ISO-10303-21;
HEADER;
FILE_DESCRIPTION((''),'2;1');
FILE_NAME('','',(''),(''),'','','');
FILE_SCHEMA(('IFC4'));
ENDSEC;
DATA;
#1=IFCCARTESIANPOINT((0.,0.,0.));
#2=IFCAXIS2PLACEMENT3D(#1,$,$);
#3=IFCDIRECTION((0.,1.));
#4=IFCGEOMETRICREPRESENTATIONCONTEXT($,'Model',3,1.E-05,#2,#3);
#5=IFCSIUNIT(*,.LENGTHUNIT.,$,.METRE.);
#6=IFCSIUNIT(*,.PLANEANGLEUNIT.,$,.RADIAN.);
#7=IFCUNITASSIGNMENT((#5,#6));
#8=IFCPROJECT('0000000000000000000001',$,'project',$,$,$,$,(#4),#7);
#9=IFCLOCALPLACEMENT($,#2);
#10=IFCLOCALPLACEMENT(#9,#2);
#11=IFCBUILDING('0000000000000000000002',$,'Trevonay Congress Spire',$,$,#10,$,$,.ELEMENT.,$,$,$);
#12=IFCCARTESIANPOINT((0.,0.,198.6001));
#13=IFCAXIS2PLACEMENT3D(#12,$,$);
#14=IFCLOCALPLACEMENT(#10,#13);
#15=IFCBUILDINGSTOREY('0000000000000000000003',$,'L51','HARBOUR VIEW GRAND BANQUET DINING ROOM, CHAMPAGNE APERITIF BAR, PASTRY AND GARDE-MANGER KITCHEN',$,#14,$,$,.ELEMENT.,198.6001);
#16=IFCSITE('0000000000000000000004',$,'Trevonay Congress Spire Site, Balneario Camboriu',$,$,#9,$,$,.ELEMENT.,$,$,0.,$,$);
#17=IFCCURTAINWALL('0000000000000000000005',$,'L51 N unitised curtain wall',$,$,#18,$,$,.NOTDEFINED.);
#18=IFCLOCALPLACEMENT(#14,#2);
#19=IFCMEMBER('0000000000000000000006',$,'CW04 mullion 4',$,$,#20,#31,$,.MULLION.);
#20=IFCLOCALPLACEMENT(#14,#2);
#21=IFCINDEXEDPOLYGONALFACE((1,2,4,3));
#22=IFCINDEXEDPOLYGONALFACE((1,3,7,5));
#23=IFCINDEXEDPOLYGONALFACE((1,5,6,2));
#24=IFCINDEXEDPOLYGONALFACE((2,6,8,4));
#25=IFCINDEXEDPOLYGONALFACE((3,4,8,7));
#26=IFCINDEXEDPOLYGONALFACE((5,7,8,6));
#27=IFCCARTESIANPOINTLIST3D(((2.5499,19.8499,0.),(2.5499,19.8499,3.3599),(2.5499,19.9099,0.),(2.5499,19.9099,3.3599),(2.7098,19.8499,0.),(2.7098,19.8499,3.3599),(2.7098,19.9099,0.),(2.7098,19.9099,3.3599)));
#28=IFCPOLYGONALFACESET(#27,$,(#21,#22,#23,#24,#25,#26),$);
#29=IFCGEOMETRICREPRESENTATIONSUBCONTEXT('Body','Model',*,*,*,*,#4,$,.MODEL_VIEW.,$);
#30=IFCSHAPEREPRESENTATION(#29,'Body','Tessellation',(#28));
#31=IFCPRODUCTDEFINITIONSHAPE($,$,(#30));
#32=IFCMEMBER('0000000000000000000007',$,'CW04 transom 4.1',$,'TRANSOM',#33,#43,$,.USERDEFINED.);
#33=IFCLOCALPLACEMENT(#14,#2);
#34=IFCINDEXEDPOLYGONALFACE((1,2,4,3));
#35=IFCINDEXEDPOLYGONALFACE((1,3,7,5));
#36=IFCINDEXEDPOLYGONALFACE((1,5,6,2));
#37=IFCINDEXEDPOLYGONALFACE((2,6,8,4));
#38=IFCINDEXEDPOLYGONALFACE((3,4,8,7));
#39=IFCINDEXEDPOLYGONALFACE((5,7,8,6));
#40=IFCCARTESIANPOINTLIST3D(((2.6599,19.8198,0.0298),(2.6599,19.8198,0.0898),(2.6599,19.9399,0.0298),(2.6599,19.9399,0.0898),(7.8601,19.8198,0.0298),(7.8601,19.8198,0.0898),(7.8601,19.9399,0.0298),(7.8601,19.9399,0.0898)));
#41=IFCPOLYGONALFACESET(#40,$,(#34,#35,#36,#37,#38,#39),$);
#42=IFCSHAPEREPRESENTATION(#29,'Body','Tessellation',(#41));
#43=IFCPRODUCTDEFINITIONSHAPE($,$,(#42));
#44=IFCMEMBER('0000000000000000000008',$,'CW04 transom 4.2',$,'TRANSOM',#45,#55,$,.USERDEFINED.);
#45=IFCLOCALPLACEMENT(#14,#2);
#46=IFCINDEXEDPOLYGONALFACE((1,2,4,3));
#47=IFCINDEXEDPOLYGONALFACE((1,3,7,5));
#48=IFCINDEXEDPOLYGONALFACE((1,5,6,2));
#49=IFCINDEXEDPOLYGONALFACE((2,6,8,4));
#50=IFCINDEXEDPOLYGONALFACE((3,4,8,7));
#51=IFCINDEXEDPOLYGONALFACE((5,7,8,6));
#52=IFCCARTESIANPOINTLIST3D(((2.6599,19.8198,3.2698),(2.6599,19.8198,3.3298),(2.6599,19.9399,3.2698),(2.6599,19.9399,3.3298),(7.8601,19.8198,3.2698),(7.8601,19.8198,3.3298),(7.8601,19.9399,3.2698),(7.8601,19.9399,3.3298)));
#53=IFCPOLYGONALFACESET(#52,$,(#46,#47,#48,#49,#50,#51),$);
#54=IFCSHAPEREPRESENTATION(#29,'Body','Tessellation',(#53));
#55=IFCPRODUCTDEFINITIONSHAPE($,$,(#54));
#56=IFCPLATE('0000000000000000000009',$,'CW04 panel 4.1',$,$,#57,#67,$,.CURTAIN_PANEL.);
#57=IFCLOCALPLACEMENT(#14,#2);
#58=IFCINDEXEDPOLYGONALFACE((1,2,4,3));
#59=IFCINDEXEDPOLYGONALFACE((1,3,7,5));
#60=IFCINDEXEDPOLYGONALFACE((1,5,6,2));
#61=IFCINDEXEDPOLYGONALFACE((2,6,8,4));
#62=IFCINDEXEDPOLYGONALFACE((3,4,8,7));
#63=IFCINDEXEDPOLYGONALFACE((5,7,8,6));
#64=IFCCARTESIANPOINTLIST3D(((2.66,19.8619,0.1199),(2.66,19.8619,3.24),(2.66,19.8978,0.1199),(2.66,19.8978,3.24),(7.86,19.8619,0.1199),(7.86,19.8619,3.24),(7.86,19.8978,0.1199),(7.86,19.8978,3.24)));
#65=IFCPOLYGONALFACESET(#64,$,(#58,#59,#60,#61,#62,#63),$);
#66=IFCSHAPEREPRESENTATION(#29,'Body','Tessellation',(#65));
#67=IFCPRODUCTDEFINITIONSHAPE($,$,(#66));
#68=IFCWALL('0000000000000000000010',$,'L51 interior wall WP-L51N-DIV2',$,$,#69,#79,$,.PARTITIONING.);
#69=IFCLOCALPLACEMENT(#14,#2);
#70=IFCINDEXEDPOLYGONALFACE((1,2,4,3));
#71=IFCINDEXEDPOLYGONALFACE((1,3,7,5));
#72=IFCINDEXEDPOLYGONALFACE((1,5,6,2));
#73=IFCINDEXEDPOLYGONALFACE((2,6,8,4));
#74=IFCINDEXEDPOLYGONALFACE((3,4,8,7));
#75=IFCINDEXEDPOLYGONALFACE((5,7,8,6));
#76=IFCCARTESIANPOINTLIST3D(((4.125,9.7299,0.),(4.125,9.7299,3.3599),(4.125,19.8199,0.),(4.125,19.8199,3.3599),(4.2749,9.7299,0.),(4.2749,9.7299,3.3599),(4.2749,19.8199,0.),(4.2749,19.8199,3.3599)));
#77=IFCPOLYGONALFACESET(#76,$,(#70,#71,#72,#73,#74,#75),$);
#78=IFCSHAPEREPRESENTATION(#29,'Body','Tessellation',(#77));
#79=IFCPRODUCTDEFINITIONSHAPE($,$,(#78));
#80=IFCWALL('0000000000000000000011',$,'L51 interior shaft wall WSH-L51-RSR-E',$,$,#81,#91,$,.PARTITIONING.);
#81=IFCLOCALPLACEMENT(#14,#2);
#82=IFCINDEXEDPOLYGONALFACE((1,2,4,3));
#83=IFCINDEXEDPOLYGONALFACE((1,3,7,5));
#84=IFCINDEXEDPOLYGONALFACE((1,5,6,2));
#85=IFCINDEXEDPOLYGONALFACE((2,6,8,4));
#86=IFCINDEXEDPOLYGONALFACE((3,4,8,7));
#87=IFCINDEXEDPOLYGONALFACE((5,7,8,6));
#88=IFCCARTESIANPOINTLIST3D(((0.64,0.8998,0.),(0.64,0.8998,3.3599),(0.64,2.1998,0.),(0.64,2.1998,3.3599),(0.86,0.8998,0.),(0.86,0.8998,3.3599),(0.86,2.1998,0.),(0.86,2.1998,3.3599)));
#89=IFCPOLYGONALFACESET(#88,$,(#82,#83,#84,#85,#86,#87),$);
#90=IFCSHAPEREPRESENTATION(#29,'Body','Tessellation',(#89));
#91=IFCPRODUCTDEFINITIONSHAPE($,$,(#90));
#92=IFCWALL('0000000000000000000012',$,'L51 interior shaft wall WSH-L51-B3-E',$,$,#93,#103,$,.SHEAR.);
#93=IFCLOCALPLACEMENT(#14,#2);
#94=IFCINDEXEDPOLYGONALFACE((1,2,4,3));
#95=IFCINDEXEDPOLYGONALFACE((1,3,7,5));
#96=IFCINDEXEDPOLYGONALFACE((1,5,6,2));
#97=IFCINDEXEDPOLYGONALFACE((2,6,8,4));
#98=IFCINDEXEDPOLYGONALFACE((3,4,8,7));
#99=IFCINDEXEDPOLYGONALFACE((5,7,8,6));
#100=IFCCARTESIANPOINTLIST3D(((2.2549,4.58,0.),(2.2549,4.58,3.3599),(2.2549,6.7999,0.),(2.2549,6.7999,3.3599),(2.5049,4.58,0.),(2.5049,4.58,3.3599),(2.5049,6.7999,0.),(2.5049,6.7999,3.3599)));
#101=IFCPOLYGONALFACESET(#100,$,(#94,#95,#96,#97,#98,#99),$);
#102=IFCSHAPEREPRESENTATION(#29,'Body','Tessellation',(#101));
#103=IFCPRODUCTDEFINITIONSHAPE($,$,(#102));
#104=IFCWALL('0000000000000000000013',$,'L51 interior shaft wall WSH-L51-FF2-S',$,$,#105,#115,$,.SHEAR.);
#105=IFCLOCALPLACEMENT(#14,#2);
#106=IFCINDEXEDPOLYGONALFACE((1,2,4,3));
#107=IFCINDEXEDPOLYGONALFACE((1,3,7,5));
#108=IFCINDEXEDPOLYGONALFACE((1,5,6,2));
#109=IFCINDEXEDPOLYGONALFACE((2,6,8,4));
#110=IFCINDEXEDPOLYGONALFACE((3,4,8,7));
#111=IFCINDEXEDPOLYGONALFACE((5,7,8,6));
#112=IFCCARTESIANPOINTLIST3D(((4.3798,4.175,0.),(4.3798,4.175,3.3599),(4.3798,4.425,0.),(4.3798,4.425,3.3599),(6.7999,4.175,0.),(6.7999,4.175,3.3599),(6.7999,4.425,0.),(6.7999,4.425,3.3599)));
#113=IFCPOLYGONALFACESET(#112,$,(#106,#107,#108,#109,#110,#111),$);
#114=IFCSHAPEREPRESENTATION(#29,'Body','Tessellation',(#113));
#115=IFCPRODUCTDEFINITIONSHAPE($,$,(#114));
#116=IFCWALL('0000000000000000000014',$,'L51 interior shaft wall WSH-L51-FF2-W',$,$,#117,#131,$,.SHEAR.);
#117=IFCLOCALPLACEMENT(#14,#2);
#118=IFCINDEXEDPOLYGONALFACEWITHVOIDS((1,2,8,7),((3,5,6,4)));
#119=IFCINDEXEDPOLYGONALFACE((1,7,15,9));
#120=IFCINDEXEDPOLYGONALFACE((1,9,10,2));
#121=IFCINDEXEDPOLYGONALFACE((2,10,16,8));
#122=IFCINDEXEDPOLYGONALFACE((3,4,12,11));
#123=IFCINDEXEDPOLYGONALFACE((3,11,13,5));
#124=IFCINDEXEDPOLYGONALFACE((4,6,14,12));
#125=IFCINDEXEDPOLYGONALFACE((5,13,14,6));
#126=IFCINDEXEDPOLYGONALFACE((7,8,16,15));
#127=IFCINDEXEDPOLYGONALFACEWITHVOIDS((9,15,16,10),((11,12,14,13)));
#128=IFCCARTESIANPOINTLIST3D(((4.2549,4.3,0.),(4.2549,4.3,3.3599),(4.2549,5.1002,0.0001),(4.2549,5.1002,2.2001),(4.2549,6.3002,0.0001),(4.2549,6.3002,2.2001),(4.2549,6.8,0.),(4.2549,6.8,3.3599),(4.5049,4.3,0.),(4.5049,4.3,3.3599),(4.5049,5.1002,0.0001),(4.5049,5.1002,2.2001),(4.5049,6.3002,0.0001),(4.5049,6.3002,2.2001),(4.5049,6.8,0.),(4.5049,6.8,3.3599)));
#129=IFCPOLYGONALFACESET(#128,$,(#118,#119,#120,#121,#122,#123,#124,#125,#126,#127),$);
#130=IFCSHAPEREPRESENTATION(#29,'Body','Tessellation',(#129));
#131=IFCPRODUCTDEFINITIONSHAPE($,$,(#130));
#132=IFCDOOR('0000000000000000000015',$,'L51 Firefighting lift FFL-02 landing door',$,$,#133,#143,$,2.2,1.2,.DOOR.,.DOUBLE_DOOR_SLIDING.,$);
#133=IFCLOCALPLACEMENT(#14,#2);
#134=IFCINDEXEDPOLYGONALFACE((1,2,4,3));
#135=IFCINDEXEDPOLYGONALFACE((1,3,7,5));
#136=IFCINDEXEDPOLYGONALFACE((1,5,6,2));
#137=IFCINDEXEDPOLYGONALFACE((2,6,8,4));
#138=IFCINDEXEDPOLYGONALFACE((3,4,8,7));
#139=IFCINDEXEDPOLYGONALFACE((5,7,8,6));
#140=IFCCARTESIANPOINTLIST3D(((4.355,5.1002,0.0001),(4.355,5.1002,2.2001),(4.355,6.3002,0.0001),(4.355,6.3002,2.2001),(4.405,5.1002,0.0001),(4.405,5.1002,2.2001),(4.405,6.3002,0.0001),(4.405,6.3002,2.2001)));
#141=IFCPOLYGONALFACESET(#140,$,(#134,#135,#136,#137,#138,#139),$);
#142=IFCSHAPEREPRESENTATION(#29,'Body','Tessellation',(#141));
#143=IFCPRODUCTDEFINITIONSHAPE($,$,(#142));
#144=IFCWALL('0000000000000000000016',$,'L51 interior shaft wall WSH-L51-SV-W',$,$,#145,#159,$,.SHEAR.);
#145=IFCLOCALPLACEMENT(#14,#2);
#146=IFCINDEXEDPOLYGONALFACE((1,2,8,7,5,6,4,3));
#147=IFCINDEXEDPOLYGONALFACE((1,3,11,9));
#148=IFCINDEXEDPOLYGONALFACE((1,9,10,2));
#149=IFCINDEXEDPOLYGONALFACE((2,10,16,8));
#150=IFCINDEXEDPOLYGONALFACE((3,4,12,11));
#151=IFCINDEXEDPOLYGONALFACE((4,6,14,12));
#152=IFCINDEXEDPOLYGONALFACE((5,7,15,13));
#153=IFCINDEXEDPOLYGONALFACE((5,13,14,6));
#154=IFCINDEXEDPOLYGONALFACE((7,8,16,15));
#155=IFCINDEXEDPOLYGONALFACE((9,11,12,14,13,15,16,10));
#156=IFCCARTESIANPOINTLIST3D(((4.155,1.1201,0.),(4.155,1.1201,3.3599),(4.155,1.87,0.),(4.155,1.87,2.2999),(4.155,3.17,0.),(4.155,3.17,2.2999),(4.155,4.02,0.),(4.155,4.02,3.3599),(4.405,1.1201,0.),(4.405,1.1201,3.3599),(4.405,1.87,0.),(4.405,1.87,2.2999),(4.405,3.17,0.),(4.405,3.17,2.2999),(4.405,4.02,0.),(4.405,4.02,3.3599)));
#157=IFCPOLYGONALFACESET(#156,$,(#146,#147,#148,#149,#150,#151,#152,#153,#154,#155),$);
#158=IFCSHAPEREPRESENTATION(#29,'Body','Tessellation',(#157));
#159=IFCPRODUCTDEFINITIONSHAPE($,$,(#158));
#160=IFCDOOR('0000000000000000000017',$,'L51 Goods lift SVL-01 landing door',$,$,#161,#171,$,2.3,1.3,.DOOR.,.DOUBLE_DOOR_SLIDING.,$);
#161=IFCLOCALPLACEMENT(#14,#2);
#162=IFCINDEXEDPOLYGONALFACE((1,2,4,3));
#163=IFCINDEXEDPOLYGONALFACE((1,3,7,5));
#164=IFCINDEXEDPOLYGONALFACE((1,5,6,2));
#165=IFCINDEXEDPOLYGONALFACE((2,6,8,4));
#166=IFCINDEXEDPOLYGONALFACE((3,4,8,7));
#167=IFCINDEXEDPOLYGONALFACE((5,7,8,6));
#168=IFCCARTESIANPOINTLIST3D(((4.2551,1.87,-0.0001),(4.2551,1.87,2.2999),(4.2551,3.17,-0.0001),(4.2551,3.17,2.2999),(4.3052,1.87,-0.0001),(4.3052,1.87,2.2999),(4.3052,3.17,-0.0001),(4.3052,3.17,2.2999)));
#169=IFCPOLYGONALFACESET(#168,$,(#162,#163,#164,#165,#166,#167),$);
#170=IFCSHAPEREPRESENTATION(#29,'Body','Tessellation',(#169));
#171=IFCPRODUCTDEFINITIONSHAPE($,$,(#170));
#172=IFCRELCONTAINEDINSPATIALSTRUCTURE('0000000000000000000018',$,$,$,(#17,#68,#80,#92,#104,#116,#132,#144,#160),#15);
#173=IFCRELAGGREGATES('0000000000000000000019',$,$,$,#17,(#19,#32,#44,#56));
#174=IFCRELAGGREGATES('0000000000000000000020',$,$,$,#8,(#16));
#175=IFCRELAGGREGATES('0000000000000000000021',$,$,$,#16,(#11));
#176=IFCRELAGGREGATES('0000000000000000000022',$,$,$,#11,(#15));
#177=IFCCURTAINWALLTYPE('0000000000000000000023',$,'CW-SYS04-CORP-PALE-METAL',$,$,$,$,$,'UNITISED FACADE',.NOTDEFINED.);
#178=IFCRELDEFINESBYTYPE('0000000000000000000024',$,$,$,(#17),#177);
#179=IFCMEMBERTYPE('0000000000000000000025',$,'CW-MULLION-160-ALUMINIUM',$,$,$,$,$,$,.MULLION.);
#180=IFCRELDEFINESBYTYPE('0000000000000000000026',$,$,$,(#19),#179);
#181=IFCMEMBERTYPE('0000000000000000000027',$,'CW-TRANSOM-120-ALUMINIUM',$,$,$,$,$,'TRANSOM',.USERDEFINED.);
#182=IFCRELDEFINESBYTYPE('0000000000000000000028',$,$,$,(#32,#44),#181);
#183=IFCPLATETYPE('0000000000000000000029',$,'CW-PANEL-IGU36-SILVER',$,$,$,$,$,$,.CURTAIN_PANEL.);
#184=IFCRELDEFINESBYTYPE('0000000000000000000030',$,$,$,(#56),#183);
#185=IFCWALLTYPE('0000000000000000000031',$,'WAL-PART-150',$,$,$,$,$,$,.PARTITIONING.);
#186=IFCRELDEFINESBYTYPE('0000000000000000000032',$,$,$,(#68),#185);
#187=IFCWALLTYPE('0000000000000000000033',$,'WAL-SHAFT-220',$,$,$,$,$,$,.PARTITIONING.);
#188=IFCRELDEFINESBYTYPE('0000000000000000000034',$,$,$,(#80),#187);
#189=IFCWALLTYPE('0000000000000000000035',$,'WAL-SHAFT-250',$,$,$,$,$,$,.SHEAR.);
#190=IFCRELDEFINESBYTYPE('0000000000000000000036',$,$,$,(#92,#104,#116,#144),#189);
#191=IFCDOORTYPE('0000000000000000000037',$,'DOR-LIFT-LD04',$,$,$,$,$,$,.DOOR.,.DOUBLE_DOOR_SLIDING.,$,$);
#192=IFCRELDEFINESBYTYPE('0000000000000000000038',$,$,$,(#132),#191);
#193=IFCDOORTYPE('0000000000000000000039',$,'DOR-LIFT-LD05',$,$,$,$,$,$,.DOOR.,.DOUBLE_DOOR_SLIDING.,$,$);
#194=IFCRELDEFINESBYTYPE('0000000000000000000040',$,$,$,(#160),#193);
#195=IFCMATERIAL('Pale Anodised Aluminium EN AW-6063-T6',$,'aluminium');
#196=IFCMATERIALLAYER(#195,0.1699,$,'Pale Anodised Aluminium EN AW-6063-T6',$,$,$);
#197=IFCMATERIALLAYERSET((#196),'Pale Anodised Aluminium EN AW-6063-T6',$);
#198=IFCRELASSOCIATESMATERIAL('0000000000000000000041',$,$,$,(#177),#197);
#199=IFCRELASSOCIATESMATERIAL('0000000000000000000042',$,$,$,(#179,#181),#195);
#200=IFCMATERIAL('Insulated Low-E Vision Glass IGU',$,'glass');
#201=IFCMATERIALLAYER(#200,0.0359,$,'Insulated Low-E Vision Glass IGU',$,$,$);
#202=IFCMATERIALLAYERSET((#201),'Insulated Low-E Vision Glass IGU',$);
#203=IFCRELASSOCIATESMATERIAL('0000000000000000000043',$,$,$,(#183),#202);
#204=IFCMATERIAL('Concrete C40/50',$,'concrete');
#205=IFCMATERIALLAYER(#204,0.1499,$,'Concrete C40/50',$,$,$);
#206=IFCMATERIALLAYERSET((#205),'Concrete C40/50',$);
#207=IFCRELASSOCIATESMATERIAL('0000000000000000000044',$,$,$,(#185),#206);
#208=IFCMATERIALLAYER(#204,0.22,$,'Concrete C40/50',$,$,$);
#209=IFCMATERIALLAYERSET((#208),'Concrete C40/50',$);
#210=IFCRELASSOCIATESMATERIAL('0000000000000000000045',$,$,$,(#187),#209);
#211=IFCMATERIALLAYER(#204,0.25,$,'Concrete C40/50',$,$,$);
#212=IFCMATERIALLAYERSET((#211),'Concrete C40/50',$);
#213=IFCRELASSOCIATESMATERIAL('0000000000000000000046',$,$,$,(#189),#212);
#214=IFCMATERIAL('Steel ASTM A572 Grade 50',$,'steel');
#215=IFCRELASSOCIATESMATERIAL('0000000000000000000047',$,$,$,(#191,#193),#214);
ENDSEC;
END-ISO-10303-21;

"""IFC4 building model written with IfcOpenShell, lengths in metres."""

from ifc_helpers import new_model, si_unit, direction, frame, frame_2d, origin, origin_2d, place, context, subcontext, project, spatial, rectangle, extrude, material, layer, layer_set, material_profile, profile_set, type_object, element, fill, aggregate, save


model = new_model("IFC4")

# Units and contexts
model_context = context("Model", 3, precision=1e-05, world=origin(), true_north=direction((0.0, 1.0)))
body_context = subcontext(model_context, "Body", "Model", "MODEL_VIEW")
ifc_project = project(units=[si_unit("LENGTHUNIT", "METRE"), si_unit("PLANEANGLEUNIT", "RADIAN")], contexts=[model_context])

# Site, building, storey
site_placement = place(None, origin())
site = spatial("IfcSite", under=ifc_project, at=site_placement, Name="Trevonay Congress Spire Site, Balneario Camboriu", CompositionType="ELEMENT", RefElevation=0.0)
building_placement = place(site_placement, origin())
building = spatial("IfcBuilding", under=site, at=building_placement, Name="Trevonay Congress Spire", CompositionType="ELEMENT")
storey_placement = place(building_placement, frame((0.0, 0.0, 198.6001)))
storey = spatial("IfcBuildingStorey", under=building, at=storey_placement, Name="L51", Description="HARBOUR VIEW GRAND BANQUET DINING ROOM, CHAMPAGNE APERITIF BAR, PASTRY AND GARDE-MANGER KITCHEN", CompositionType="ELEMENT", Elevation=198.6001)

# Shared definitions
ifc_material_1 = material(Name="Steel ASTM A572 Grade 50", Category="steel")

# Curtain wall, members, plate
ifc_material_2 = material(Name="Pale Anodised Aluminium EN AW-6063-T6", Category="aluminium")
ifc_layer_1 = layer(ifc_material_2, 0.1699, Name="Pale Anodised Aluminium EN AW-6063-T6")
ifc_layer_set_1 = layer_set([ifc_layer_1], Name="Pale Anodised Aluminium EN AW-6063-T6")
curtain_wall_type = type_object("IfcCurtainWallType", Name="CW-SYS04-CORP-PALE-METAL", ElementType="UNITISED FACADE", PredefinedType="NOTDEFINED", material=ifc_layer_set_1)
curtain_wall_placement = place(storey_placement, origin())
curtain_wall = element("IfcCurtainWall", 1, at=curtain_wall_placement, inside=storey, type_object=curtain_wall_type, Name="L51 N unitised curtain wall", PredefinedType="NOTDEFINED")
ifc_material_profile_1 = material_profile(ifc_material_2, rectangle(XDim=0.0601, YDim=0.1599, at=origin_2d()), Name="CW-MULLION-160-ALUMINIUM")
ifc_profile_set_1 = profile_set([ifc_material_profile_1], Name="Pale Anodised Aluminium EN AW-6063-T6")
member_type_1 = type_object("IfcMemberType", Name="CW-MULLION-160-ALUMINIUM", PredefinedType="MULLION", material=ifc_profile_set_1)
member_1_placement = place(storey_placement, frame((2.6299, 19.8799, 0.0), z_axis=(0.0, 0.0, 1.0), x_axis=(0.0, 1.0, 0.0)))
member_1 = element("IfcMember", 2, at=member_1_placement, type_object=member_type_1, Name="CW04 mullion 4", PredefinedType="MULLION", context=body_context, shape_type="SweptSolid", body=[
    extrude(rectangle(XDim=0.0601, YDim=0.1599, at=origin_2d()), origin(), (0.0, 0.0, 1.0), 3.3599),
])
ifc_material_profile_2 = material_profile(ifc_material_2, rectangle(XDim=0.1201, YDim=0.0601, at=origin_2d()), Name="CW-TRANSOM-120-ALUMINIUM")
ifc_profile_set_2 = profile_set([ifc_material_profile_2], Name="Pale Anodised Aluminium EN AW-6063-T6")
member_type_2 = type_object("IfcMemberType", Name="CW-TRANSOM-120-ALUMINIUM", ElementType="TRANSOM", PredefinedType="USERDEFINED", material=ifc_profile_set_2)
member_2_placement = place(storey_placement, frame((2.6599, 19.8799, 0.0598), z_axis=(1.0, 0.0, 0.0), x_axis=(0.0, 1.0, 0.0)))
member_2 = element("IfcMember", 3, at=member_2_placement, type_object=member_type_2, Name="CW04 transom 4.1", ObjectType="TRANSOM", PredefinedType="USERDEFINED", context=body_context, shape_type="SweptSolid", body=[
    extrude(rectangle(XDim=0.1201, YDim=0.0601, at=origin_2d()), origin(), (0.0, 0.0, 1.0), 5.2002),
])
member_3_placement = place(storey_placement, frame((2.6599, 19.8799, 3.2998), z_axis=(1.0, 0.0, 0.0), x_axis=(0.0, 1.0, 0.0)))
member_3 = element("IfcMember", 4, at=member_3_placement, type_object=member_type_2, Name="CW04 transom 4.2", ObjectType="TRANSOM", PredefinedType="USERDEFINED", context=body_context, shape_type="SweptSolid", body=[
    extrude(rectangle(XDim=0.1201, YDim=0.0601, at=origin_2d()), origin(), (0.0, 0.0, 1.0), 5.2002),
])
ifc_material_3 = material(Name="Insulated Low-E Vision Glass IGU", Category="glass")
ifc_layer_2 = layer(ifc_material_3, 0.0359, Name="Insulated Low-E Vision Glass IGU")
ifc_layer_set_2 = layer_set([ifc_layer_2], Name="Insulated Low-E Vision Glass IGU")
plate_type = type_object("IfcPlateType", Name="CW-PANEL-IGU36-SILVER", PredefinedType="CURTAIN_PANEL", material=ifc_layer_set_2)
plate_placement = place(storey_placement, frame((5.26, 19.8799, 0.1199), z_axis=(0.0, 0.0, 1.0), x_axis=(1.0, 0.0, 0.0)))
plate = element("IfcPlate", 5, at=plate_placement, type_object=plate_type, Name="CW04 panel 4.1", PredefinedType="CURTAIN_PANEL", context=body_context, shape_type="SweptSolid", body=[
    extrude(rectangle(XDim=5.2, YDim=0.0359, at=origin_2d()), origin(), (0.0, 0.0, 1.0), 3.1201),
])
aggregate(curtain_wall, [member_1, member_2, member_3, plate])

# Walls
ifc_material_4 = material(Name="Concrete C40/50", Category="concrete")
ifc_layer_3 = layer(ifc_material_4, 0.1499, Name="Concrete C40/50")
ifc_layer_set_3 = layer_set([ifc_layer_3], Name="Concrete C40/50")
wall_type_1 = type_object("IfcWallType", Name="WAL-PART-150", PredefinedType="PARTITIONING", material=ifc_layer_set_3)
wall_1_placement = place(storey_placement, frame((4.2, 9.73, 0.0), z_axis=(0.0, 0.0, 1.0), x_axis=(0.0, 1.0, 0.0)))
element("IfcWall", 6, at=wall_1_placement, inside=storey, type_object=wall_type_1, Name="L51 interior wall WP-L51N-DIV2", PredefinedType="PARTITIONING", context=body_context, shape_type="SweptSolid", body=[
    extrude(rectangle(XDim=10.0901, YDim=0.1499, at=frame_2d((5.0449, 0.0))), origin(), (0.0, 0.0, 1.0), 3.3599),
])
ifc_layer_4 = layer(ifc_material_4, 0.22, Name="Concrete C40/50")
ifc_layer_set_4 = layer_set([ifc_layer_4], Name="Concrete C40/50")
wall_type_2 = type_object("IfcWallType", Name="WAL-SHAFT-220", PredefinedType="PARTITIONING", material=ifc_layer_set_4)
wall_2_placement = place(storey_placement, frame((0.75, 0.8999, 0.0), z_axis=(0.0, 0.0, 1.0), x_axis=(0.0, 1.0, 0.0)))
element("IfcWall", 7, at=wall_2_placement, inside=storey, type_object=wall_type_2, Name="L51 interior shaft wall WSH-L51-RSR-E", PredefinedType="PARTITIONING", context=body_context, shape_type="SweptSolid", body=[
    extrude(rectangle(XDim=1.3, YDim=0.22, at=frame_2d((0.6499, 0.0))), origin(), (0.0, 0.0, 1.0), 3.3599),
])
ifc_layer_5 = layer(ifc_material_4, 0.25, Name="Concrete C40/50")
ifc_layer_set_5 = layer_set([ifc_layer_5], Name="Concrete C40/50")
wall_type_3 = type_object("IfcWallType", Name="WAL-SHAFT-250", PredefinedType="SHEAR", material=ifc_layer_set_5)
wall_3_placement = place(storey_placement, frame((2.3799, 4.5801, 0.0), z_axis=(0.0, 0.0, 1.0), x_axis=(0.0, 1.0, 0.0)))
element("IfcWall", 8, at=wall_3_placement, inside=storey, type_object=wall_type_3, Name="L51 interior shaft wall WSH-L51-B3-E", PredefinedType="SHEAR", context=body_context, shape_type="SweptSolid", body=[
    extrude(rectangle(XDim=2.22, YDim=0.25, at=frame_2d((1.1099, 0.0))), origin(), (0.0, 0.0, 1.0), 3.3599),
])
wall_4_placement = place(storey_placement, frame((4.3799, 4.3, 0.0), z_axis=(0.0, 0.0, 1.0), x_axis=(1.0, 0.0, 0.0)))
element("IfcWall", 9, at=wall_4_placement, inside=storey, type_object=wall_type_3, Name="L51 interior shaft wall WSH-L51-FF2-S", PredefinedType="SHEAR", context=body_context, shape_type="SweptSolid", body=[
    extrude(rectangle(XDim=2.4202, YDim=0.25, at=frame_2d((1.21, 0.0))), origin(), (0.0, 0.0, 1.0), 3.3599),
])

# Walls, openings, doors
wall_5_placement = place(storey_placement, frame((4.3799, 4.3, 0.0), z_axis=(0.0, 0.0, 1.0), x_axis=(0.0, 1.0, 0.0)))
wall_5 = element("IfcWall", 10, at=wall_5_placement, inside=storey, type_object=wall_type_3, Name="L51 interior shaft wall WSH-L51-FF2-W", PredefinedType="SHEAR", context=body_context, shape_type="SweptSolid", body=[
    extrude(rectangle(XDim=2.5, YDim=0.25, at=frame_2d((1.25, 0.0))), origin(), (0.0, 0.0, 1.0), 3.3599),
])
opening_1_placement = place(wall_5_placement, frame((0.8, 0.0, 0.0)))
opening_1 = element("IfcOpeningElement", 11, at=opening_1_placement, cuts=wall_5, PredefinedType="OPENING", context=body_context, shape_type="SweptSolid", body=[
    extrude(rectangle(XDim=1.2, YDim=2.2, at=frame_2d((0.6001, 1.1001))), frame((0.0, 0.135, 0.0), z_axis=(0.0, -1.0, 0.0), x_axis=(1.0, 0.0, 0.0)), (0.0, 0.0, 1.0), 0.27),
])
door_type_1 = type_object("IfcDoorType", Name="DOR-LIFT-LD04", OperationType="DOUBLE_DOOR_SLIDING", PredefinedType="DOOR", material=ifc_material_1)
door_1_placement = place(opening_1_placement, origin())
door_1 = element("IfcDoor", 12, at=door_1_placement, inside=storey, type_object=door_type_1, Name="L51 Firefighting lift FFL-02 landing door", OperationType="DOUBLE_DOOR_SLIDING", OverallHeight=2.2, OverallWidth=1.2, PredefinedType="DOOR", context=body_context, shape_type="SweptSolid", body=[
    extrude(rectangle(XDim=1.2, YDim=2.2, at=frame_2d((0.6001, 1.1001))), frame((0.0, 0.0249, 0.0), z_axis=(0.0, -1.0, 0.0), x_axis=(1.0, 0.0, 0.0)), (0.0, 0.0, 1.0), 0.05),
])
fill(opening_1, door_1)
wall_6_placement = place(storey_placement, frame((4.28, 1.1201, 0.0), z_axis=(0.0, 0.0, 1.0), x_axis=(0.0, 1.0, 0.0)))
wall_6 = element("IfcWall", 13, at=wall_6_placement, inside=storey, type_object=wall_type_3, Name="L51 interior shaft wall WSH-L51-SV-W", PredefinedType="SHEAR", context=body_context, shape_type="SweptSolid", body=[
    extrude(rectangle(XDim=2.8999, YDim=0.25, at=frame_2d((1.45, 0.0))), origin(), (0.0, 0.0, 1.0), 3.3599),
])
opening_2_placement = place(wall_6_placement, frame((0.75, 0.0, 0.0)))
opening_2 = element("IfcOpeningElement", 14, at=opening_2_placement, cuts=wall_6, PredefinedType="OPENING", context=body_context, shape_type="SweptSolid", body=[
    extrude(rectangle(XDim=1.3, YDim=2.3, at=frame_2d((0.6499, 1.1499))), frame((0.0, 0.135, 0.0), z_axis=(0.0, -1.0, 0.0), x_axis=(1.0, 0.0, 0.0)), (0.0, 0.0, 1.0), 0.27),
])
door_type_2 = type_object("IfcDoorType", Name="DOR-LIFT-LD05", OperationType="DOUBLE_DOOR_SLIDING", PredefinedType="DOOR", material=ifc_material_1)
door_2_placement = place(opening_2_placement, origin())
door_2 = element("IfcDoor", 15, at=door_2_placement, inside=storey, type_object=door_type_2, Name="L51 Goods lift SVL-01 landing door", OperationType="DOUBLE_DOOR_SLIDING", OverallHeight=2.3, OverallWidth=1.3, PredefinedType="DOOR", context=body_context, shape_type="SweptSolid", body=[
    extrude(rectangle(XDim=1.3, YDim=2.3, at=frame_2d((0.6499, 1.1499))), frame((0.0, 0.0249, 0.0), z_axis=(0.0, -1.0, 0.0), x_axis=(1.0, 0.0, 0.0)), (0.0, 0.0, 1.0), 0.05),
])
fill(opening_2, door_2)

save(model, "model.ifc")
